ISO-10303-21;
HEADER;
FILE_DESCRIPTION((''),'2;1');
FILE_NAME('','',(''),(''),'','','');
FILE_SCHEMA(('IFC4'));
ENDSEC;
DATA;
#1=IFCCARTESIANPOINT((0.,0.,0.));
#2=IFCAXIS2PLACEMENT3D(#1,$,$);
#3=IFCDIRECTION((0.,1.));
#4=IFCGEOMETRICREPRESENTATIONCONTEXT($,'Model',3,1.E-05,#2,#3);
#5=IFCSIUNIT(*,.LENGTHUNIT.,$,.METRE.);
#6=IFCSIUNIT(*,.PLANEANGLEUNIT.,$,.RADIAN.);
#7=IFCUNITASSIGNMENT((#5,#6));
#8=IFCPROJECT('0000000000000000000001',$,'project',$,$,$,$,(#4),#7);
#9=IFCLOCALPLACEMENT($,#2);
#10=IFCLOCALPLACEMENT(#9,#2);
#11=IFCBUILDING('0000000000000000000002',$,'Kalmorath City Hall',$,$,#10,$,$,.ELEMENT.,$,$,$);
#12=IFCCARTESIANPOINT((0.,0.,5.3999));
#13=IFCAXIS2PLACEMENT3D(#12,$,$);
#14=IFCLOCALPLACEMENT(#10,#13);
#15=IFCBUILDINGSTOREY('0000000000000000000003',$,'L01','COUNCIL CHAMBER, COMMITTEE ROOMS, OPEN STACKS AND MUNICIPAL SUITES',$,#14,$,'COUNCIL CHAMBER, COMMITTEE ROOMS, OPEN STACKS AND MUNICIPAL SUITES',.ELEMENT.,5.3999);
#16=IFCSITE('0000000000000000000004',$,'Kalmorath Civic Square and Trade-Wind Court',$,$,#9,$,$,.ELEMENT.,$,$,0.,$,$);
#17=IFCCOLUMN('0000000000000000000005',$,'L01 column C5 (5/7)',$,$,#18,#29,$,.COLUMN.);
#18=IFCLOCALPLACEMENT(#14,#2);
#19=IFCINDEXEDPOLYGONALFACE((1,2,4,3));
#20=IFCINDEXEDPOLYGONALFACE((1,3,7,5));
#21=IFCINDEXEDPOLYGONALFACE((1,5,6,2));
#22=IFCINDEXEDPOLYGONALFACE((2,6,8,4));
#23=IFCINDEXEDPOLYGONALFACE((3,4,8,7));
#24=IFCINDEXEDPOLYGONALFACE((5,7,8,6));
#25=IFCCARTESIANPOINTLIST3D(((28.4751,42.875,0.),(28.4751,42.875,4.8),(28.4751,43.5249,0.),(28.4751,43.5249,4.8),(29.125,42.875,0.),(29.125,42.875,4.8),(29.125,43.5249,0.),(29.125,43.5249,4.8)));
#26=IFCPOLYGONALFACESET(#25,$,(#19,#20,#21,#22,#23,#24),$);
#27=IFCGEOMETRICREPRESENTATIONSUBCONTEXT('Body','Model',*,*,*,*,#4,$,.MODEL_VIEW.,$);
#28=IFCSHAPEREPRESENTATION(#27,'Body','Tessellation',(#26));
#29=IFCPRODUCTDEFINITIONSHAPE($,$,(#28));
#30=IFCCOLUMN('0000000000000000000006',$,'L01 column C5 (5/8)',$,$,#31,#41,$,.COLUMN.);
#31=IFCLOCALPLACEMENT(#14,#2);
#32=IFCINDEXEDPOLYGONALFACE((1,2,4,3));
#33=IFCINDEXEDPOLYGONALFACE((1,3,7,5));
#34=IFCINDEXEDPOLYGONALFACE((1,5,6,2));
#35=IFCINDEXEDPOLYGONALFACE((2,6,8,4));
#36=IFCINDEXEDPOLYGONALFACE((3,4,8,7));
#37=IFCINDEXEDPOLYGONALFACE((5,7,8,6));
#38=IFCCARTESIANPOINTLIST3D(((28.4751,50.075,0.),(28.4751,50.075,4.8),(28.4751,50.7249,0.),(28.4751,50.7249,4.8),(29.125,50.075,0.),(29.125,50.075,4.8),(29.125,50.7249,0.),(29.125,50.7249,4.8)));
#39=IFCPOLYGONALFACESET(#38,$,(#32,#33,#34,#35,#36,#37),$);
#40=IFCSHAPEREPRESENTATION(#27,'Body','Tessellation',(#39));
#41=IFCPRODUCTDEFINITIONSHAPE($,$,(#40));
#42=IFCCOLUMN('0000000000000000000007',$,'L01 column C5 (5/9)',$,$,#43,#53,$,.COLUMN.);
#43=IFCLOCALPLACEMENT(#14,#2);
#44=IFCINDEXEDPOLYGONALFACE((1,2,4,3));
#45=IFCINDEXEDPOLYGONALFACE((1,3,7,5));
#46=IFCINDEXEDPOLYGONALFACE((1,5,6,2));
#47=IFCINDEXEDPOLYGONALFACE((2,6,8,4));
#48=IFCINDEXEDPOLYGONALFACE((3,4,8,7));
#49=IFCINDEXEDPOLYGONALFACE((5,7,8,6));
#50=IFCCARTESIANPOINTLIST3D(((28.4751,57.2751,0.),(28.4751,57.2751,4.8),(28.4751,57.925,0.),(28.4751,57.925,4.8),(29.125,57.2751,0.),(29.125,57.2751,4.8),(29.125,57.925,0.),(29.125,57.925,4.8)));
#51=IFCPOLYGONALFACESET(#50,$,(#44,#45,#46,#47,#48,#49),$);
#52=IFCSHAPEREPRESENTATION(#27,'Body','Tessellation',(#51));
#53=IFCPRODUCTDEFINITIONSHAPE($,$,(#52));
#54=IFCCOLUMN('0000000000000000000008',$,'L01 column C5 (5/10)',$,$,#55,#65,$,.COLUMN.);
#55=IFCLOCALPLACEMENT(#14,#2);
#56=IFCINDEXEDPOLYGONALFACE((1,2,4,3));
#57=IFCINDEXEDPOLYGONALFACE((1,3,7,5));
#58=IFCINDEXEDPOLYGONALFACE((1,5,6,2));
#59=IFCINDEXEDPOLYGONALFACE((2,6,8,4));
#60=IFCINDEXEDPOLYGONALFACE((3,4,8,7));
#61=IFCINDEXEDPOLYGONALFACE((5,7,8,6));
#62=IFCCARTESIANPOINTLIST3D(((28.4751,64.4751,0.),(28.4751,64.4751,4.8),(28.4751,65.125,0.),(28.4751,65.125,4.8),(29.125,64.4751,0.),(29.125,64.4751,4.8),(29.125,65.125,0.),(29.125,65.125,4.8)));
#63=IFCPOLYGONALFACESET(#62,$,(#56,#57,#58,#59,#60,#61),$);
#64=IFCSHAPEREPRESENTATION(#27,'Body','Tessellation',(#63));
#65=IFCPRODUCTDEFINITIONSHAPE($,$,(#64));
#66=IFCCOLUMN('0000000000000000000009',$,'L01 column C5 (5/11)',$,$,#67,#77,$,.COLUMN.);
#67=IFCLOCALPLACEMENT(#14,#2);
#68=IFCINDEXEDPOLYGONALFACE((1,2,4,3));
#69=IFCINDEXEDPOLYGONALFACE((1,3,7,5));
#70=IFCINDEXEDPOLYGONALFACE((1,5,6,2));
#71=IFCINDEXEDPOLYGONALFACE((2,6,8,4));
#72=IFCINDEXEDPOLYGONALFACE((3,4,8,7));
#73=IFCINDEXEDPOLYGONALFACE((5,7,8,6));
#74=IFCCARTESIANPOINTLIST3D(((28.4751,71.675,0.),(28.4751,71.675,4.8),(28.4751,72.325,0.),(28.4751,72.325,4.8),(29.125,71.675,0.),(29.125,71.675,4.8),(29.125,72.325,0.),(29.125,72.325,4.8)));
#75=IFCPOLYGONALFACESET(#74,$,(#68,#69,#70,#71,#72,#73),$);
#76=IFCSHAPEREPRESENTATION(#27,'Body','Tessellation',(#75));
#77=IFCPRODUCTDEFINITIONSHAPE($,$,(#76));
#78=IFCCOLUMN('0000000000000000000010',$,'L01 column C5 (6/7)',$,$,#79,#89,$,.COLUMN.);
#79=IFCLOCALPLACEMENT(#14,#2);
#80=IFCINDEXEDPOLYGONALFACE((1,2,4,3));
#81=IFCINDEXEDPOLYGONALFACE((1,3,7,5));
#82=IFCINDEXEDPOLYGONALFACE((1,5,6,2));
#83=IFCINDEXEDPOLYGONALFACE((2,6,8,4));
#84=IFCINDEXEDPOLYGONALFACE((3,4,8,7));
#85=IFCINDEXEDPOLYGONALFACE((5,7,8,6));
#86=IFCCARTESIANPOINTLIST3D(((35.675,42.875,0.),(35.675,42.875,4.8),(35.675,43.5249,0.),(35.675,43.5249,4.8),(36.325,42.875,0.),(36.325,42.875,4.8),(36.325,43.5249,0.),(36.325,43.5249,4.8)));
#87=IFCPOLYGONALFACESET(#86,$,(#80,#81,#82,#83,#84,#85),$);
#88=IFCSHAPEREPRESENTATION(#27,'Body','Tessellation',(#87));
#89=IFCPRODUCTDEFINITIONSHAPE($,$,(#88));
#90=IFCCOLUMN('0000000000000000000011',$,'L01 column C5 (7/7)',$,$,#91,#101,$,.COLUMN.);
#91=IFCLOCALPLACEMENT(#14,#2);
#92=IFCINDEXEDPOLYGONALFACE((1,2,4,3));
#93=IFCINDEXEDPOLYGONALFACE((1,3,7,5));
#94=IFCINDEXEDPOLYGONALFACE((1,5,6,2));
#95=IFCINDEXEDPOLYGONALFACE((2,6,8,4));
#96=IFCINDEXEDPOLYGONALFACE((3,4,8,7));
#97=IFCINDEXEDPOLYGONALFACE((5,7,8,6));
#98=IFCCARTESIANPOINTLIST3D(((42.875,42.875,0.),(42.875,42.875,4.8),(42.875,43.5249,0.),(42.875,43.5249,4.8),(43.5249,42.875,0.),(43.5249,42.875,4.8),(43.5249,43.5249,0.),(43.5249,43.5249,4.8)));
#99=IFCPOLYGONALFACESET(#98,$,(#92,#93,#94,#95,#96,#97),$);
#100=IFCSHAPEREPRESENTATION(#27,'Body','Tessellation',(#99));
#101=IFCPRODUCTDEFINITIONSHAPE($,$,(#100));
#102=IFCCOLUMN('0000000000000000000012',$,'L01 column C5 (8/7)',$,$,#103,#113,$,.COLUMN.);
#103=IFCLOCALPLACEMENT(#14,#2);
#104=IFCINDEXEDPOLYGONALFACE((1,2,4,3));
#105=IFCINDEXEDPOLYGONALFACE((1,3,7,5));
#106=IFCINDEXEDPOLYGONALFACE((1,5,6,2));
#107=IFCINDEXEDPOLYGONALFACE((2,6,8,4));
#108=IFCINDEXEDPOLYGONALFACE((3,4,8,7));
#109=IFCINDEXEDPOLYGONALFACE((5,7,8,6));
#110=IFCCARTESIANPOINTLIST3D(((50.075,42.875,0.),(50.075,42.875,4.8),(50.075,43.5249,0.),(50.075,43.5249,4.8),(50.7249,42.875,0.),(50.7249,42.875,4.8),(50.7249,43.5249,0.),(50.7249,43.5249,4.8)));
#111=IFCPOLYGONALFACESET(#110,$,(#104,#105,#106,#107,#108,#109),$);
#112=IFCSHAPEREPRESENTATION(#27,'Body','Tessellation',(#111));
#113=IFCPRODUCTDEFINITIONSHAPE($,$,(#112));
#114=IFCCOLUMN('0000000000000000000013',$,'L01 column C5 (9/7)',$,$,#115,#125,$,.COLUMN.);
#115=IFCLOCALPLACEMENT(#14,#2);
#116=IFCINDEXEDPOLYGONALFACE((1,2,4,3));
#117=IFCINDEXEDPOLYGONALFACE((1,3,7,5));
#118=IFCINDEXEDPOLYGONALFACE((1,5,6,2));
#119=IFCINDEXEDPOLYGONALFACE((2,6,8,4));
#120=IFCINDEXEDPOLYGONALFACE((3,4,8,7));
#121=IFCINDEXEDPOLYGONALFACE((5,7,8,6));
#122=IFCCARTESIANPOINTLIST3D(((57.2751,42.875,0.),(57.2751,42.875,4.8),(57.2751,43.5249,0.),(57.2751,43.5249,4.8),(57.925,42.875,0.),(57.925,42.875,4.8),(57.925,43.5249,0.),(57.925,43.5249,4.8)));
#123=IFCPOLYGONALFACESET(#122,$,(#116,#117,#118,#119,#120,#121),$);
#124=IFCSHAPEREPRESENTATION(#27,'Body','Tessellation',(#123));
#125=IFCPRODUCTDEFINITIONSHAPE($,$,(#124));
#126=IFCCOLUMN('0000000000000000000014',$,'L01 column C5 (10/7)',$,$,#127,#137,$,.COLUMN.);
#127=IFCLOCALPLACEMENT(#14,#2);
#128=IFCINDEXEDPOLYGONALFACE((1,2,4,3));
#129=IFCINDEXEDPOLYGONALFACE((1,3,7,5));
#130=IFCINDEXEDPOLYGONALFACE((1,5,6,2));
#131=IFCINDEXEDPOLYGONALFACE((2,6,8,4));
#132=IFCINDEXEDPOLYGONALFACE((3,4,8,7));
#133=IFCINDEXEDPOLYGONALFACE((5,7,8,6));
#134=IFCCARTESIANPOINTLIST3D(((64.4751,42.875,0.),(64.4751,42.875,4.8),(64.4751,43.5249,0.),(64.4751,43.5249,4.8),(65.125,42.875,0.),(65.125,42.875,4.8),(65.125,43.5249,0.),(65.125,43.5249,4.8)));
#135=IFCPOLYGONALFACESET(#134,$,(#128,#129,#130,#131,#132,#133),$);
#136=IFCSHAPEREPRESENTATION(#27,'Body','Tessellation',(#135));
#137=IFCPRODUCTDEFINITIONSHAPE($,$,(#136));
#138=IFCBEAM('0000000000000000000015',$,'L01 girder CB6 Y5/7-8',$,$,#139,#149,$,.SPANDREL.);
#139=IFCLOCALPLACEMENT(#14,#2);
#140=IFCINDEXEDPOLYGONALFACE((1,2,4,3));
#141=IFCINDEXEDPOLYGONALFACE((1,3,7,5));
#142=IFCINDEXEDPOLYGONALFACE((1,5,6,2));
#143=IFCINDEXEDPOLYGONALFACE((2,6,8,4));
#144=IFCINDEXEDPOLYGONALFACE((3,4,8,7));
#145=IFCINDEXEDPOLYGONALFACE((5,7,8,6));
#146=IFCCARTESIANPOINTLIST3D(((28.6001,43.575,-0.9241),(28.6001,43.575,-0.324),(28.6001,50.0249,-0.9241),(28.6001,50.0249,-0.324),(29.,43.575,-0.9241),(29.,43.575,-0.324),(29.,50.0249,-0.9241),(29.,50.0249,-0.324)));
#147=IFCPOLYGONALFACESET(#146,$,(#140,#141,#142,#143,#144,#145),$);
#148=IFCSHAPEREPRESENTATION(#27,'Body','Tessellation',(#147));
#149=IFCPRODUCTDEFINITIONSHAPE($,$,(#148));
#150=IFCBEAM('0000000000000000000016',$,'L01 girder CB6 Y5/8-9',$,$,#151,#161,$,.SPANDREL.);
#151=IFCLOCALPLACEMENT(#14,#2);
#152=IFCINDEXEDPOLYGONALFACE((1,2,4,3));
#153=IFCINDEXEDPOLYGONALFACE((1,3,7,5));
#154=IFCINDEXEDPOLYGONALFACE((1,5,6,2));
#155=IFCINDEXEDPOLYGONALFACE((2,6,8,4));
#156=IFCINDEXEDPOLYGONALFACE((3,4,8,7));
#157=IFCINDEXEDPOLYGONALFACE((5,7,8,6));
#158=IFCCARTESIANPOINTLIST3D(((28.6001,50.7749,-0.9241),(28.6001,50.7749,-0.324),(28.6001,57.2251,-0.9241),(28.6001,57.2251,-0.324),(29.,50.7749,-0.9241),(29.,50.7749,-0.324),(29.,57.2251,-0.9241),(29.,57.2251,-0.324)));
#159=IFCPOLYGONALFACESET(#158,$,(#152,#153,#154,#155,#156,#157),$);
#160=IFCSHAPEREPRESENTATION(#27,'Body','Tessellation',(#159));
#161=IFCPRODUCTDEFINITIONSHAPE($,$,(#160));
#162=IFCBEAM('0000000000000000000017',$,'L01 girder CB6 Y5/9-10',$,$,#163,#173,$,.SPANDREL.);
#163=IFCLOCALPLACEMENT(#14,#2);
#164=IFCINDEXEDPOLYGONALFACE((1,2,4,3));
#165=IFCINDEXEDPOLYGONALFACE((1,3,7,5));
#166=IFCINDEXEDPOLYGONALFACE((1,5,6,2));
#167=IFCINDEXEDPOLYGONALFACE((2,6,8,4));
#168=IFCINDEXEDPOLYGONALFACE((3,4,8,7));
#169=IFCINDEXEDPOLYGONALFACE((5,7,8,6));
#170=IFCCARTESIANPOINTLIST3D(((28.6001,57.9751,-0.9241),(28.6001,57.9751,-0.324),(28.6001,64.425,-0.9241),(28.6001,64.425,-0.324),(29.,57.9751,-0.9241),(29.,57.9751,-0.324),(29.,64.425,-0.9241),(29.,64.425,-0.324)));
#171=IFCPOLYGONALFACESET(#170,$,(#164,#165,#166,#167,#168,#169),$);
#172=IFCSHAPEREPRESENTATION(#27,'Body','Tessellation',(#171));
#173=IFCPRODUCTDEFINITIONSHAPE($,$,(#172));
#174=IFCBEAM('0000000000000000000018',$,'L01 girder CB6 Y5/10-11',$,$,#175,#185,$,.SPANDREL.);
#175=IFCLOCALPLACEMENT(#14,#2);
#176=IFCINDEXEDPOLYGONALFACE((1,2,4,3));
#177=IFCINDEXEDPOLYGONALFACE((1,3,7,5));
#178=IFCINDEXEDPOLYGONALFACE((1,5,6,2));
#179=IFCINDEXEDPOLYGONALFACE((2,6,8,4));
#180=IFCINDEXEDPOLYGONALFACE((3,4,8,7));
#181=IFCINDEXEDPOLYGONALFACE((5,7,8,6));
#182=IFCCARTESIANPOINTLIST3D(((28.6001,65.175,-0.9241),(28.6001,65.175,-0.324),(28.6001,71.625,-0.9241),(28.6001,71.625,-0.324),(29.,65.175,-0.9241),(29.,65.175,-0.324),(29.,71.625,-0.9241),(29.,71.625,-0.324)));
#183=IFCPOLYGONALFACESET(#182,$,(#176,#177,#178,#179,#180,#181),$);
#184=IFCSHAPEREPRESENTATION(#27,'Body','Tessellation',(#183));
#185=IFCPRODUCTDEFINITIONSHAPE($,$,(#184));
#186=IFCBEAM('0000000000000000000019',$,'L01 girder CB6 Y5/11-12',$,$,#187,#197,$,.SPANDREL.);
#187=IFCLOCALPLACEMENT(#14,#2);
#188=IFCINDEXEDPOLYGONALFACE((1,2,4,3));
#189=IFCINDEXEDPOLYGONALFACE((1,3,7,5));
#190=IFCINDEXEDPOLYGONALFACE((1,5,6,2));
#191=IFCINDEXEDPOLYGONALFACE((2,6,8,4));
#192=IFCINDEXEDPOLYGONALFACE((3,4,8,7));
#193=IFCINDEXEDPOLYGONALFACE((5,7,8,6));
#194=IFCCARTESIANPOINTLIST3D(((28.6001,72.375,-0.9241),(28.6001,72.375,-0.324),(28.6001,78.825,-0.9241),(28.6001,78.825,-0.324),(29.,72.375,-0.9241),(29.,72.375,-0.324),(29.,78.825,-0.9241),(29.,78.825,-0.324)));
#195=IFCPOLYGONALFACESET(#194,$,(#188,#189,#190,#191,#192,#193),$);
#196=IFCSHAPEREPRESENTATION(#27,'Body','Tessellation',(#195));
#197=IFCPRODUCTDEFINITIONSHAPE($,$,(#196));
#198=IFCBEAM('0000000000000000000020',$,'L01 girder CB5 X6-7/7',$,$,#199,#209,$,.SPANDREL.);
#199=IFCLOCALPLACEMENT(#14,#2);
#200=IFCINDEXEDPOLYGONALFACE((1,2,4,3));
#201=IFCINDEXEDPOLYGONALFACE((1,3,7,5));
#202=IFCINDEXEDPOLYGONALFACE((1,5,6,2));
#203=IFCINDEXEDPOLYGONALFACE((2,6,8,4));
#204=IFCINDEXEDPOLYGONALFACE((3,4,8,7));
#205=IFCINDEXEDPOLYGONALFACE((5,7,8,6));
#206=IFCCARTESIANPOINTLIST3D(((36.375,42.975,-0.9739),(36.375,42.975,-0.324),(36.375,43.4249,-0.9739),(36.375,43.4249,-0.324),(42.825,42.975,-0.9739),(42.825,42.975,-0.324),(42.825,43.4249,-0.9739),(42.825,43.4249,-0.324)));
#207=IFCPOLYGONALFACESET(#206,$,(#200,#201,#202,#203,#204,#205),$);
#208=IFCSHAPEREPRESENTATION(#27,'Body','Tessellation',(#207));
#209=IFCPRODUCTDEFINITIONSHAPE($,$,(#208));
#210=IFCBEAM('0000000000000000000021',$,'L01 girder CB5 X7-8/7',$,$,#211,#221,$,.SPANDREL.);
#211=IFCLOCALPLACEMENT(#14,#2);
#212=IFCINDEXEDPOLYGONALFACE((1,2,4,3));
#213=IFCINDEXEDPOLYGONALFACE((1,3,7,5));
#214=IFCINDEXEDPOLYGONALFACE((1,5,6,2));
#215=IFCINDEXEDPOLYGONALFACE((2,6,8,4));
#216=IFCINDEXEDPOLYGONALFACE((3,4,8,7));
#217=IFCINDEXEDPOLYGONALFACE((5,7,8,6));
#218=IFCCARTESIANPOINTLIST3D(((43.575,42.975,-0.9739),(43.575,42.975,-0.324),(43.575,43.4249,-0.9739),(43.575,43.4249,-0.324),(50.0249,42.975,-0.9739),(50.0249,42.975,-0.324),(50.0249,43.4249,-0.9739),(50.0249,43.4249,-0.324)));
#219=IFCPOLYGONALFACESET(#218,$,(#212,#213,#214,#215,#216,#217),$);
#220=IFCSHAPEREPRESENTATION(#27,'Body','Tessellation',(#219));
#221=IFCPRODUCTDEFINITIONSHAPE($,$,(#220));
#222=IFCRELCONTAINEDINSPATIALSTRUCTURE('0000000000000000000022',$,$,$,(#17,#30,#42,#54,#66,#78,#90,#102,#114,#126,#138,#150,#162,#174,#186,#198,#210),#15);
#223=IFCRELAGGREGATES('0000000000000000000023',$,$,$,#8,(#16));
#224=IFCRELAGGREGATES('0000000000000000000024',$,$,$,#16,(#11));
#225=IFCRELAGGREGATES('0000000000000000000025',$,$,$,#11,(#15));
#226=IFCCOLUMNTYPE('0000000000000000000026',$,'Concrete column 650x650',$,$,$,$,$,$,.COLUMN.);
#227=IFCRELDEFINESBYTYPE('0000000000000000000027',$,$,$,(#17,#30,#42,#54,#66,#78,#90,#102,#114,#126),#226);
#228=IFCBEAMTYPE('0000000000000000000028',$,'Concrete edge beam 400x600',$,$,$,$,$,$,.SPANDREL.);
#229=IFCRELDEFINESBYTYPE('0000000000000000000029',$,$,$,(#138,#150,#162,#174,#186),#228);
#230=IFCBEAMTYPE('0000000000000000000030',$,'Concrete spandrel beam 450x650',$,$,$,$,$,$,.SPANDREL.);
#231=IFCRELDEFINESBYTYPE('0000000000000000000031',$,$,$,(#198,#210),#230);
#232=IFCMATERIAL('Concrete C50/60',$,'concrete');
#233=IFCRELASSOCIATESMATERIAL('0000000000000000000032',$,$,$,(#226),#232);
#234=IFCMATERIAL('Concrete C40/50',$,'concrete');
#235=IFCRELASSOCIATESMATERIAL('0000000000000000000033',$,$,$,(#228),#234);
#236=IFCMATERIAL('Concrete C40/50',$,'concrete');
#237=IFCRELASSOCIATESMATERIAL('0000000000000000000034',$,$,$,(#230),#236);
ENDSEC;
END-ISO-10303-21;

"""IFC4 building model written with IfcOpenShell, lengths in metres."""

from ifc_helpers import new_model, si_unit, direction, frame, origin, origin_2d, place, context, subcontext, project, spatial, rectangle, extrude, material, material_profile, profile_set, type_object, element, save


model = new_model("IFC4")

# Units and contexts
model_context = context("Model", 3, precision=1e-05, world=origin(), true_north=direction((0.0, 1.0)))
body_context = subcontext(model_context, "Body", "Model", "MODEL_VIEW")
ifc_project = project(units=[si_unit("LENGTHUNIT", "METRE"), si_unit("PLANEANGLEUNIT", "RADIAN")], contexts=[model_context])

# Site, building, storey
site_placement = place(None, origin())
site = spatial("IfcSite", under=ifc_project, at=site_placement, Name="Kalmorath Civic Square and Trade-Wind Court", CompositionType="ELEMENT", RefElevation=0.0)
building_placement = place(site_placement, origin())
building = spatial("IfcBuilding", under=site, at=building_placement, Name="Kalmorath City Hall", CompositionType="ELEMENT")
storey_placement = place(building_placement, frame((0.0, 0.0, 5.3999)))
storey = spatial("IfcBuildingStorey", under=building, at=storey_placement, Name="L01", Description="COUNCIL CHAMBER, COMMITTEE ROOMS, OPEN STACKS AND MUNICIPAL SUITES", LongName="COUNCIL CHAMBER, COMMITTEE ROOMS, OPEN STACKS AND MUNICIPAL SUITES", CompositionType="ELEMENT", Elevation=5.3999)

# Columns
ifc_material_1 = material(Name="Concrete C50/60", Category="concrete")
ifc_material_profile_1 = material_profile(ifc_material_1, rectangle(XDim=0.6499, YDim=0.6499, at=origin_2d()), Name="RC-COL-650X650")
ifc_profile_set_1 = profile_set([ifc_material_profile_1], Name="Concrete C50/60")
column_type = type_object("IfcColumnType", Name="Concrete column 650x650", PredefinedType="COLUMN", material=ifc_profile_set_1)
for number, where, z_axis, x_axis, name in (
    (1, (28.8, 43.2, 0.0), (0.0, 0.0, 1.0), (1.0, 0.0, 0.0), "L01 column C5 (5/7)"),
    (2, (28.8, 50.3999, 0.0), (0.0, 0.0, 1.0), (1.0, 0.0, 0.0), "L01 column C5 (5/8)"),
    (3, (28.8, 57.6001, 0.0), (0.0, 0.0, 1.0), (1.0, 0.0, 0.0), "L01 column C5 (5/9)"),
    (4, (28.8, 64.8, 0.0), (0.0, 0.0, 1.0), (1.0, 0.0, 0.0), "L01 column C5 (5/10)"),
    (5, (28.8, 72.0, 0.0), (0.0, 0.0, 1.0), (1.0, 0.0, 0.0), "L01 column C5 (5/11)"),
    (6, (36.0, 43.2, 0.0), (0.0, 0.0, 1.0), (1.0, 0.0, 0.0), "L01 column C5 (6/7)"),
    (7, (43.2, 43.2, 0.0), (0.0, 0.0, 1.0), (1.0, 0.0, 0.0), "L01 column C5 (7/7)"),
    (8, (50.3999, 43.2, 0.0), (0.0, 0.0, 1.0), (1.0, 0.0, 0.0), "L01 column C5 (8/7)"),
    (9, (57.6001, 43.2, 0.0), (0.0, 0.0, 1.0), (1.0, 0.0, 0.0), "L01 column C5 (9/7)"),
    (10, (64.8, 43.2, 0.0), (0.0, 0.0, 1.0), (1.0, 0.0, 0.0), "L01 column C5 (10/7)"),
):
    element("IfcColumn", number, at=place(storey_placement, frame(where, z_axis=z_axis, x_axis=x_axis)), inside=storey, type_object=column_type, Name=name, PredefinedType="COLUMN", context=body_context, shape_type="SweptSolid", body=[
        extrude(rectangle(XDim=0.6499, YDim=0.6499, at=origin_2d()), origin(), (0.0, 0.0, 1.0), 4.8),
    ])

# Beams
ifc_material_2 = material(Name="Concrete C40/50", Category="concrete")
ifc_material_profile_2 = material_profile(ifc_material_2, rectangle(XDim=0.3999, YDim=0.6001, at=origin_2d()), Name="RC-BM-400X600")
ifc_profile_set_2 = profile_set([ifc_material_profile_2], Name="Concrete C40/50")
beam_type_1 = type_object("IfcBeamType", Name="Concrete edge beam 400x600", PredefinedType="SPANDREL", material=ifc_profile_set_2)
beam_1_placement = place(storey_placement, frame((28.8, 43.575, -0.624), z_axis=(0.0, 1.0, 0.0), x_axis=(-1.0, 0.0, 0.0)))
element("IfcBeam", 11, at=beam_1_placement, inside=storey, type_object=beam_type_1, Name="L01 girder CB6 Y5/7-8", PredefinedType="SPANDREL", context=body_context, shape_type="SweptSolid", body=[
    extrude(rectangle(XDim=0.3999, YDim=0.6001, at=origin_2d()), origin(), (0.0, 0.0, 1.0), 6.45),
])
beam_2_placement = place(storey_placement, frame((28.8, 50.7749, -0.624), z_axis=(0.0, 1.0, 0.0), x_axis=(-1.0, 0.0, 0.0)))
element("IfcBeam", 12, at=beam_2_placement, inside=storey, type_object=beam_type_1, Name="L01 girder CB6 Y5/8-9", PredefinedType="SPANDREL", context=body_context, shape_type="SweptSolid", body=[
    extrude(rectangle(XDim=0.3999, YDim=0.6001, at=origin_2d()), origin(), (0.0, 0.0, 1.0), 6.4502),
])
for number, where, z_axis, x_axis, name in (
    (13, (28.8, 57.9751, -0.624), (0.0, 1.0, 0.0), (-1.0, 0.0, 0.0), "L01 girder CB6 Y5/9-10"),
    (14, (28.8, 65.175, -0.624), (0.0, 1.0, 0.0), (-1.0, 0.0, 0.0), "L01 girder CB6 Y5/10-11"),
    (15, (28.8, 72.375, -0.624), (0.0, 1.0, 0.0), (-1.0, 0.0, 0.0), "L01 girder CB6 Y5/11-12"),
):
    element("IfcBeam", number, at=place(storey_placement, frame(where, z_axis=z_axis, x_axis=x_axis)), inside=storey, type_object=beam_type_1, Name=name, PredefinedType="SPANDREL", context=body_context, shape_type="SweptSolid", body=[
        extrude(rectangle(XDim=0.3999, YDim=0.6001, at=origin_2d()), origin(), (0.0, 0.0, 1.0), 6.45),
    ])
ifc_material_3 = material(Name="Concrete C40/50", Category="concrete")
ifc_material_profile_3 = material_profile(ifc_material_3, rectangle(XDim=0.45, YDim=0.6499, at=origin_2d()), Name="RC-BM-450X650")
ifc_profile_set_3 = profile_set([ifc_material_profile_3], Name="Concrete C40/50")
beam_type_2 = type_object("IfcBeamType", Name="Concrete spandrel beam 450x650", PredefinedType="SPANDREL", material=ifc_profile_set_3)
for number, where, z_axis, x_axis, name in (
    (16, (36.375, 43.2, -0.6489), (1.0, 0.0, 0.0), (0.0, 1.0, 0.0), "L01 girder CB5 X6-7/7"),
    (17, (43.575, 43.2, -0.6489), (1.0, 0.0, 0.0), (0.0, 1.0, 0.0), "L01 girder CB5 X7-8/7"),
):
    element("IfcBeam", number, at=place(storey_placement, frame(where, z_axis=z_axis, x_axis=x_axis)), inside=storey, type_object=beam_type_2, Name=name, PredefinedType="SPANDREL", context=body_context, shape_type="SweptSolid", body=[
        extrude(rectangle(XDim=0.45, YDim=0.6499, at=origin_2d()), origin(), (0.0, 0.0, 1.0), 6.45),
    ])

save(model, "model.ifc")
